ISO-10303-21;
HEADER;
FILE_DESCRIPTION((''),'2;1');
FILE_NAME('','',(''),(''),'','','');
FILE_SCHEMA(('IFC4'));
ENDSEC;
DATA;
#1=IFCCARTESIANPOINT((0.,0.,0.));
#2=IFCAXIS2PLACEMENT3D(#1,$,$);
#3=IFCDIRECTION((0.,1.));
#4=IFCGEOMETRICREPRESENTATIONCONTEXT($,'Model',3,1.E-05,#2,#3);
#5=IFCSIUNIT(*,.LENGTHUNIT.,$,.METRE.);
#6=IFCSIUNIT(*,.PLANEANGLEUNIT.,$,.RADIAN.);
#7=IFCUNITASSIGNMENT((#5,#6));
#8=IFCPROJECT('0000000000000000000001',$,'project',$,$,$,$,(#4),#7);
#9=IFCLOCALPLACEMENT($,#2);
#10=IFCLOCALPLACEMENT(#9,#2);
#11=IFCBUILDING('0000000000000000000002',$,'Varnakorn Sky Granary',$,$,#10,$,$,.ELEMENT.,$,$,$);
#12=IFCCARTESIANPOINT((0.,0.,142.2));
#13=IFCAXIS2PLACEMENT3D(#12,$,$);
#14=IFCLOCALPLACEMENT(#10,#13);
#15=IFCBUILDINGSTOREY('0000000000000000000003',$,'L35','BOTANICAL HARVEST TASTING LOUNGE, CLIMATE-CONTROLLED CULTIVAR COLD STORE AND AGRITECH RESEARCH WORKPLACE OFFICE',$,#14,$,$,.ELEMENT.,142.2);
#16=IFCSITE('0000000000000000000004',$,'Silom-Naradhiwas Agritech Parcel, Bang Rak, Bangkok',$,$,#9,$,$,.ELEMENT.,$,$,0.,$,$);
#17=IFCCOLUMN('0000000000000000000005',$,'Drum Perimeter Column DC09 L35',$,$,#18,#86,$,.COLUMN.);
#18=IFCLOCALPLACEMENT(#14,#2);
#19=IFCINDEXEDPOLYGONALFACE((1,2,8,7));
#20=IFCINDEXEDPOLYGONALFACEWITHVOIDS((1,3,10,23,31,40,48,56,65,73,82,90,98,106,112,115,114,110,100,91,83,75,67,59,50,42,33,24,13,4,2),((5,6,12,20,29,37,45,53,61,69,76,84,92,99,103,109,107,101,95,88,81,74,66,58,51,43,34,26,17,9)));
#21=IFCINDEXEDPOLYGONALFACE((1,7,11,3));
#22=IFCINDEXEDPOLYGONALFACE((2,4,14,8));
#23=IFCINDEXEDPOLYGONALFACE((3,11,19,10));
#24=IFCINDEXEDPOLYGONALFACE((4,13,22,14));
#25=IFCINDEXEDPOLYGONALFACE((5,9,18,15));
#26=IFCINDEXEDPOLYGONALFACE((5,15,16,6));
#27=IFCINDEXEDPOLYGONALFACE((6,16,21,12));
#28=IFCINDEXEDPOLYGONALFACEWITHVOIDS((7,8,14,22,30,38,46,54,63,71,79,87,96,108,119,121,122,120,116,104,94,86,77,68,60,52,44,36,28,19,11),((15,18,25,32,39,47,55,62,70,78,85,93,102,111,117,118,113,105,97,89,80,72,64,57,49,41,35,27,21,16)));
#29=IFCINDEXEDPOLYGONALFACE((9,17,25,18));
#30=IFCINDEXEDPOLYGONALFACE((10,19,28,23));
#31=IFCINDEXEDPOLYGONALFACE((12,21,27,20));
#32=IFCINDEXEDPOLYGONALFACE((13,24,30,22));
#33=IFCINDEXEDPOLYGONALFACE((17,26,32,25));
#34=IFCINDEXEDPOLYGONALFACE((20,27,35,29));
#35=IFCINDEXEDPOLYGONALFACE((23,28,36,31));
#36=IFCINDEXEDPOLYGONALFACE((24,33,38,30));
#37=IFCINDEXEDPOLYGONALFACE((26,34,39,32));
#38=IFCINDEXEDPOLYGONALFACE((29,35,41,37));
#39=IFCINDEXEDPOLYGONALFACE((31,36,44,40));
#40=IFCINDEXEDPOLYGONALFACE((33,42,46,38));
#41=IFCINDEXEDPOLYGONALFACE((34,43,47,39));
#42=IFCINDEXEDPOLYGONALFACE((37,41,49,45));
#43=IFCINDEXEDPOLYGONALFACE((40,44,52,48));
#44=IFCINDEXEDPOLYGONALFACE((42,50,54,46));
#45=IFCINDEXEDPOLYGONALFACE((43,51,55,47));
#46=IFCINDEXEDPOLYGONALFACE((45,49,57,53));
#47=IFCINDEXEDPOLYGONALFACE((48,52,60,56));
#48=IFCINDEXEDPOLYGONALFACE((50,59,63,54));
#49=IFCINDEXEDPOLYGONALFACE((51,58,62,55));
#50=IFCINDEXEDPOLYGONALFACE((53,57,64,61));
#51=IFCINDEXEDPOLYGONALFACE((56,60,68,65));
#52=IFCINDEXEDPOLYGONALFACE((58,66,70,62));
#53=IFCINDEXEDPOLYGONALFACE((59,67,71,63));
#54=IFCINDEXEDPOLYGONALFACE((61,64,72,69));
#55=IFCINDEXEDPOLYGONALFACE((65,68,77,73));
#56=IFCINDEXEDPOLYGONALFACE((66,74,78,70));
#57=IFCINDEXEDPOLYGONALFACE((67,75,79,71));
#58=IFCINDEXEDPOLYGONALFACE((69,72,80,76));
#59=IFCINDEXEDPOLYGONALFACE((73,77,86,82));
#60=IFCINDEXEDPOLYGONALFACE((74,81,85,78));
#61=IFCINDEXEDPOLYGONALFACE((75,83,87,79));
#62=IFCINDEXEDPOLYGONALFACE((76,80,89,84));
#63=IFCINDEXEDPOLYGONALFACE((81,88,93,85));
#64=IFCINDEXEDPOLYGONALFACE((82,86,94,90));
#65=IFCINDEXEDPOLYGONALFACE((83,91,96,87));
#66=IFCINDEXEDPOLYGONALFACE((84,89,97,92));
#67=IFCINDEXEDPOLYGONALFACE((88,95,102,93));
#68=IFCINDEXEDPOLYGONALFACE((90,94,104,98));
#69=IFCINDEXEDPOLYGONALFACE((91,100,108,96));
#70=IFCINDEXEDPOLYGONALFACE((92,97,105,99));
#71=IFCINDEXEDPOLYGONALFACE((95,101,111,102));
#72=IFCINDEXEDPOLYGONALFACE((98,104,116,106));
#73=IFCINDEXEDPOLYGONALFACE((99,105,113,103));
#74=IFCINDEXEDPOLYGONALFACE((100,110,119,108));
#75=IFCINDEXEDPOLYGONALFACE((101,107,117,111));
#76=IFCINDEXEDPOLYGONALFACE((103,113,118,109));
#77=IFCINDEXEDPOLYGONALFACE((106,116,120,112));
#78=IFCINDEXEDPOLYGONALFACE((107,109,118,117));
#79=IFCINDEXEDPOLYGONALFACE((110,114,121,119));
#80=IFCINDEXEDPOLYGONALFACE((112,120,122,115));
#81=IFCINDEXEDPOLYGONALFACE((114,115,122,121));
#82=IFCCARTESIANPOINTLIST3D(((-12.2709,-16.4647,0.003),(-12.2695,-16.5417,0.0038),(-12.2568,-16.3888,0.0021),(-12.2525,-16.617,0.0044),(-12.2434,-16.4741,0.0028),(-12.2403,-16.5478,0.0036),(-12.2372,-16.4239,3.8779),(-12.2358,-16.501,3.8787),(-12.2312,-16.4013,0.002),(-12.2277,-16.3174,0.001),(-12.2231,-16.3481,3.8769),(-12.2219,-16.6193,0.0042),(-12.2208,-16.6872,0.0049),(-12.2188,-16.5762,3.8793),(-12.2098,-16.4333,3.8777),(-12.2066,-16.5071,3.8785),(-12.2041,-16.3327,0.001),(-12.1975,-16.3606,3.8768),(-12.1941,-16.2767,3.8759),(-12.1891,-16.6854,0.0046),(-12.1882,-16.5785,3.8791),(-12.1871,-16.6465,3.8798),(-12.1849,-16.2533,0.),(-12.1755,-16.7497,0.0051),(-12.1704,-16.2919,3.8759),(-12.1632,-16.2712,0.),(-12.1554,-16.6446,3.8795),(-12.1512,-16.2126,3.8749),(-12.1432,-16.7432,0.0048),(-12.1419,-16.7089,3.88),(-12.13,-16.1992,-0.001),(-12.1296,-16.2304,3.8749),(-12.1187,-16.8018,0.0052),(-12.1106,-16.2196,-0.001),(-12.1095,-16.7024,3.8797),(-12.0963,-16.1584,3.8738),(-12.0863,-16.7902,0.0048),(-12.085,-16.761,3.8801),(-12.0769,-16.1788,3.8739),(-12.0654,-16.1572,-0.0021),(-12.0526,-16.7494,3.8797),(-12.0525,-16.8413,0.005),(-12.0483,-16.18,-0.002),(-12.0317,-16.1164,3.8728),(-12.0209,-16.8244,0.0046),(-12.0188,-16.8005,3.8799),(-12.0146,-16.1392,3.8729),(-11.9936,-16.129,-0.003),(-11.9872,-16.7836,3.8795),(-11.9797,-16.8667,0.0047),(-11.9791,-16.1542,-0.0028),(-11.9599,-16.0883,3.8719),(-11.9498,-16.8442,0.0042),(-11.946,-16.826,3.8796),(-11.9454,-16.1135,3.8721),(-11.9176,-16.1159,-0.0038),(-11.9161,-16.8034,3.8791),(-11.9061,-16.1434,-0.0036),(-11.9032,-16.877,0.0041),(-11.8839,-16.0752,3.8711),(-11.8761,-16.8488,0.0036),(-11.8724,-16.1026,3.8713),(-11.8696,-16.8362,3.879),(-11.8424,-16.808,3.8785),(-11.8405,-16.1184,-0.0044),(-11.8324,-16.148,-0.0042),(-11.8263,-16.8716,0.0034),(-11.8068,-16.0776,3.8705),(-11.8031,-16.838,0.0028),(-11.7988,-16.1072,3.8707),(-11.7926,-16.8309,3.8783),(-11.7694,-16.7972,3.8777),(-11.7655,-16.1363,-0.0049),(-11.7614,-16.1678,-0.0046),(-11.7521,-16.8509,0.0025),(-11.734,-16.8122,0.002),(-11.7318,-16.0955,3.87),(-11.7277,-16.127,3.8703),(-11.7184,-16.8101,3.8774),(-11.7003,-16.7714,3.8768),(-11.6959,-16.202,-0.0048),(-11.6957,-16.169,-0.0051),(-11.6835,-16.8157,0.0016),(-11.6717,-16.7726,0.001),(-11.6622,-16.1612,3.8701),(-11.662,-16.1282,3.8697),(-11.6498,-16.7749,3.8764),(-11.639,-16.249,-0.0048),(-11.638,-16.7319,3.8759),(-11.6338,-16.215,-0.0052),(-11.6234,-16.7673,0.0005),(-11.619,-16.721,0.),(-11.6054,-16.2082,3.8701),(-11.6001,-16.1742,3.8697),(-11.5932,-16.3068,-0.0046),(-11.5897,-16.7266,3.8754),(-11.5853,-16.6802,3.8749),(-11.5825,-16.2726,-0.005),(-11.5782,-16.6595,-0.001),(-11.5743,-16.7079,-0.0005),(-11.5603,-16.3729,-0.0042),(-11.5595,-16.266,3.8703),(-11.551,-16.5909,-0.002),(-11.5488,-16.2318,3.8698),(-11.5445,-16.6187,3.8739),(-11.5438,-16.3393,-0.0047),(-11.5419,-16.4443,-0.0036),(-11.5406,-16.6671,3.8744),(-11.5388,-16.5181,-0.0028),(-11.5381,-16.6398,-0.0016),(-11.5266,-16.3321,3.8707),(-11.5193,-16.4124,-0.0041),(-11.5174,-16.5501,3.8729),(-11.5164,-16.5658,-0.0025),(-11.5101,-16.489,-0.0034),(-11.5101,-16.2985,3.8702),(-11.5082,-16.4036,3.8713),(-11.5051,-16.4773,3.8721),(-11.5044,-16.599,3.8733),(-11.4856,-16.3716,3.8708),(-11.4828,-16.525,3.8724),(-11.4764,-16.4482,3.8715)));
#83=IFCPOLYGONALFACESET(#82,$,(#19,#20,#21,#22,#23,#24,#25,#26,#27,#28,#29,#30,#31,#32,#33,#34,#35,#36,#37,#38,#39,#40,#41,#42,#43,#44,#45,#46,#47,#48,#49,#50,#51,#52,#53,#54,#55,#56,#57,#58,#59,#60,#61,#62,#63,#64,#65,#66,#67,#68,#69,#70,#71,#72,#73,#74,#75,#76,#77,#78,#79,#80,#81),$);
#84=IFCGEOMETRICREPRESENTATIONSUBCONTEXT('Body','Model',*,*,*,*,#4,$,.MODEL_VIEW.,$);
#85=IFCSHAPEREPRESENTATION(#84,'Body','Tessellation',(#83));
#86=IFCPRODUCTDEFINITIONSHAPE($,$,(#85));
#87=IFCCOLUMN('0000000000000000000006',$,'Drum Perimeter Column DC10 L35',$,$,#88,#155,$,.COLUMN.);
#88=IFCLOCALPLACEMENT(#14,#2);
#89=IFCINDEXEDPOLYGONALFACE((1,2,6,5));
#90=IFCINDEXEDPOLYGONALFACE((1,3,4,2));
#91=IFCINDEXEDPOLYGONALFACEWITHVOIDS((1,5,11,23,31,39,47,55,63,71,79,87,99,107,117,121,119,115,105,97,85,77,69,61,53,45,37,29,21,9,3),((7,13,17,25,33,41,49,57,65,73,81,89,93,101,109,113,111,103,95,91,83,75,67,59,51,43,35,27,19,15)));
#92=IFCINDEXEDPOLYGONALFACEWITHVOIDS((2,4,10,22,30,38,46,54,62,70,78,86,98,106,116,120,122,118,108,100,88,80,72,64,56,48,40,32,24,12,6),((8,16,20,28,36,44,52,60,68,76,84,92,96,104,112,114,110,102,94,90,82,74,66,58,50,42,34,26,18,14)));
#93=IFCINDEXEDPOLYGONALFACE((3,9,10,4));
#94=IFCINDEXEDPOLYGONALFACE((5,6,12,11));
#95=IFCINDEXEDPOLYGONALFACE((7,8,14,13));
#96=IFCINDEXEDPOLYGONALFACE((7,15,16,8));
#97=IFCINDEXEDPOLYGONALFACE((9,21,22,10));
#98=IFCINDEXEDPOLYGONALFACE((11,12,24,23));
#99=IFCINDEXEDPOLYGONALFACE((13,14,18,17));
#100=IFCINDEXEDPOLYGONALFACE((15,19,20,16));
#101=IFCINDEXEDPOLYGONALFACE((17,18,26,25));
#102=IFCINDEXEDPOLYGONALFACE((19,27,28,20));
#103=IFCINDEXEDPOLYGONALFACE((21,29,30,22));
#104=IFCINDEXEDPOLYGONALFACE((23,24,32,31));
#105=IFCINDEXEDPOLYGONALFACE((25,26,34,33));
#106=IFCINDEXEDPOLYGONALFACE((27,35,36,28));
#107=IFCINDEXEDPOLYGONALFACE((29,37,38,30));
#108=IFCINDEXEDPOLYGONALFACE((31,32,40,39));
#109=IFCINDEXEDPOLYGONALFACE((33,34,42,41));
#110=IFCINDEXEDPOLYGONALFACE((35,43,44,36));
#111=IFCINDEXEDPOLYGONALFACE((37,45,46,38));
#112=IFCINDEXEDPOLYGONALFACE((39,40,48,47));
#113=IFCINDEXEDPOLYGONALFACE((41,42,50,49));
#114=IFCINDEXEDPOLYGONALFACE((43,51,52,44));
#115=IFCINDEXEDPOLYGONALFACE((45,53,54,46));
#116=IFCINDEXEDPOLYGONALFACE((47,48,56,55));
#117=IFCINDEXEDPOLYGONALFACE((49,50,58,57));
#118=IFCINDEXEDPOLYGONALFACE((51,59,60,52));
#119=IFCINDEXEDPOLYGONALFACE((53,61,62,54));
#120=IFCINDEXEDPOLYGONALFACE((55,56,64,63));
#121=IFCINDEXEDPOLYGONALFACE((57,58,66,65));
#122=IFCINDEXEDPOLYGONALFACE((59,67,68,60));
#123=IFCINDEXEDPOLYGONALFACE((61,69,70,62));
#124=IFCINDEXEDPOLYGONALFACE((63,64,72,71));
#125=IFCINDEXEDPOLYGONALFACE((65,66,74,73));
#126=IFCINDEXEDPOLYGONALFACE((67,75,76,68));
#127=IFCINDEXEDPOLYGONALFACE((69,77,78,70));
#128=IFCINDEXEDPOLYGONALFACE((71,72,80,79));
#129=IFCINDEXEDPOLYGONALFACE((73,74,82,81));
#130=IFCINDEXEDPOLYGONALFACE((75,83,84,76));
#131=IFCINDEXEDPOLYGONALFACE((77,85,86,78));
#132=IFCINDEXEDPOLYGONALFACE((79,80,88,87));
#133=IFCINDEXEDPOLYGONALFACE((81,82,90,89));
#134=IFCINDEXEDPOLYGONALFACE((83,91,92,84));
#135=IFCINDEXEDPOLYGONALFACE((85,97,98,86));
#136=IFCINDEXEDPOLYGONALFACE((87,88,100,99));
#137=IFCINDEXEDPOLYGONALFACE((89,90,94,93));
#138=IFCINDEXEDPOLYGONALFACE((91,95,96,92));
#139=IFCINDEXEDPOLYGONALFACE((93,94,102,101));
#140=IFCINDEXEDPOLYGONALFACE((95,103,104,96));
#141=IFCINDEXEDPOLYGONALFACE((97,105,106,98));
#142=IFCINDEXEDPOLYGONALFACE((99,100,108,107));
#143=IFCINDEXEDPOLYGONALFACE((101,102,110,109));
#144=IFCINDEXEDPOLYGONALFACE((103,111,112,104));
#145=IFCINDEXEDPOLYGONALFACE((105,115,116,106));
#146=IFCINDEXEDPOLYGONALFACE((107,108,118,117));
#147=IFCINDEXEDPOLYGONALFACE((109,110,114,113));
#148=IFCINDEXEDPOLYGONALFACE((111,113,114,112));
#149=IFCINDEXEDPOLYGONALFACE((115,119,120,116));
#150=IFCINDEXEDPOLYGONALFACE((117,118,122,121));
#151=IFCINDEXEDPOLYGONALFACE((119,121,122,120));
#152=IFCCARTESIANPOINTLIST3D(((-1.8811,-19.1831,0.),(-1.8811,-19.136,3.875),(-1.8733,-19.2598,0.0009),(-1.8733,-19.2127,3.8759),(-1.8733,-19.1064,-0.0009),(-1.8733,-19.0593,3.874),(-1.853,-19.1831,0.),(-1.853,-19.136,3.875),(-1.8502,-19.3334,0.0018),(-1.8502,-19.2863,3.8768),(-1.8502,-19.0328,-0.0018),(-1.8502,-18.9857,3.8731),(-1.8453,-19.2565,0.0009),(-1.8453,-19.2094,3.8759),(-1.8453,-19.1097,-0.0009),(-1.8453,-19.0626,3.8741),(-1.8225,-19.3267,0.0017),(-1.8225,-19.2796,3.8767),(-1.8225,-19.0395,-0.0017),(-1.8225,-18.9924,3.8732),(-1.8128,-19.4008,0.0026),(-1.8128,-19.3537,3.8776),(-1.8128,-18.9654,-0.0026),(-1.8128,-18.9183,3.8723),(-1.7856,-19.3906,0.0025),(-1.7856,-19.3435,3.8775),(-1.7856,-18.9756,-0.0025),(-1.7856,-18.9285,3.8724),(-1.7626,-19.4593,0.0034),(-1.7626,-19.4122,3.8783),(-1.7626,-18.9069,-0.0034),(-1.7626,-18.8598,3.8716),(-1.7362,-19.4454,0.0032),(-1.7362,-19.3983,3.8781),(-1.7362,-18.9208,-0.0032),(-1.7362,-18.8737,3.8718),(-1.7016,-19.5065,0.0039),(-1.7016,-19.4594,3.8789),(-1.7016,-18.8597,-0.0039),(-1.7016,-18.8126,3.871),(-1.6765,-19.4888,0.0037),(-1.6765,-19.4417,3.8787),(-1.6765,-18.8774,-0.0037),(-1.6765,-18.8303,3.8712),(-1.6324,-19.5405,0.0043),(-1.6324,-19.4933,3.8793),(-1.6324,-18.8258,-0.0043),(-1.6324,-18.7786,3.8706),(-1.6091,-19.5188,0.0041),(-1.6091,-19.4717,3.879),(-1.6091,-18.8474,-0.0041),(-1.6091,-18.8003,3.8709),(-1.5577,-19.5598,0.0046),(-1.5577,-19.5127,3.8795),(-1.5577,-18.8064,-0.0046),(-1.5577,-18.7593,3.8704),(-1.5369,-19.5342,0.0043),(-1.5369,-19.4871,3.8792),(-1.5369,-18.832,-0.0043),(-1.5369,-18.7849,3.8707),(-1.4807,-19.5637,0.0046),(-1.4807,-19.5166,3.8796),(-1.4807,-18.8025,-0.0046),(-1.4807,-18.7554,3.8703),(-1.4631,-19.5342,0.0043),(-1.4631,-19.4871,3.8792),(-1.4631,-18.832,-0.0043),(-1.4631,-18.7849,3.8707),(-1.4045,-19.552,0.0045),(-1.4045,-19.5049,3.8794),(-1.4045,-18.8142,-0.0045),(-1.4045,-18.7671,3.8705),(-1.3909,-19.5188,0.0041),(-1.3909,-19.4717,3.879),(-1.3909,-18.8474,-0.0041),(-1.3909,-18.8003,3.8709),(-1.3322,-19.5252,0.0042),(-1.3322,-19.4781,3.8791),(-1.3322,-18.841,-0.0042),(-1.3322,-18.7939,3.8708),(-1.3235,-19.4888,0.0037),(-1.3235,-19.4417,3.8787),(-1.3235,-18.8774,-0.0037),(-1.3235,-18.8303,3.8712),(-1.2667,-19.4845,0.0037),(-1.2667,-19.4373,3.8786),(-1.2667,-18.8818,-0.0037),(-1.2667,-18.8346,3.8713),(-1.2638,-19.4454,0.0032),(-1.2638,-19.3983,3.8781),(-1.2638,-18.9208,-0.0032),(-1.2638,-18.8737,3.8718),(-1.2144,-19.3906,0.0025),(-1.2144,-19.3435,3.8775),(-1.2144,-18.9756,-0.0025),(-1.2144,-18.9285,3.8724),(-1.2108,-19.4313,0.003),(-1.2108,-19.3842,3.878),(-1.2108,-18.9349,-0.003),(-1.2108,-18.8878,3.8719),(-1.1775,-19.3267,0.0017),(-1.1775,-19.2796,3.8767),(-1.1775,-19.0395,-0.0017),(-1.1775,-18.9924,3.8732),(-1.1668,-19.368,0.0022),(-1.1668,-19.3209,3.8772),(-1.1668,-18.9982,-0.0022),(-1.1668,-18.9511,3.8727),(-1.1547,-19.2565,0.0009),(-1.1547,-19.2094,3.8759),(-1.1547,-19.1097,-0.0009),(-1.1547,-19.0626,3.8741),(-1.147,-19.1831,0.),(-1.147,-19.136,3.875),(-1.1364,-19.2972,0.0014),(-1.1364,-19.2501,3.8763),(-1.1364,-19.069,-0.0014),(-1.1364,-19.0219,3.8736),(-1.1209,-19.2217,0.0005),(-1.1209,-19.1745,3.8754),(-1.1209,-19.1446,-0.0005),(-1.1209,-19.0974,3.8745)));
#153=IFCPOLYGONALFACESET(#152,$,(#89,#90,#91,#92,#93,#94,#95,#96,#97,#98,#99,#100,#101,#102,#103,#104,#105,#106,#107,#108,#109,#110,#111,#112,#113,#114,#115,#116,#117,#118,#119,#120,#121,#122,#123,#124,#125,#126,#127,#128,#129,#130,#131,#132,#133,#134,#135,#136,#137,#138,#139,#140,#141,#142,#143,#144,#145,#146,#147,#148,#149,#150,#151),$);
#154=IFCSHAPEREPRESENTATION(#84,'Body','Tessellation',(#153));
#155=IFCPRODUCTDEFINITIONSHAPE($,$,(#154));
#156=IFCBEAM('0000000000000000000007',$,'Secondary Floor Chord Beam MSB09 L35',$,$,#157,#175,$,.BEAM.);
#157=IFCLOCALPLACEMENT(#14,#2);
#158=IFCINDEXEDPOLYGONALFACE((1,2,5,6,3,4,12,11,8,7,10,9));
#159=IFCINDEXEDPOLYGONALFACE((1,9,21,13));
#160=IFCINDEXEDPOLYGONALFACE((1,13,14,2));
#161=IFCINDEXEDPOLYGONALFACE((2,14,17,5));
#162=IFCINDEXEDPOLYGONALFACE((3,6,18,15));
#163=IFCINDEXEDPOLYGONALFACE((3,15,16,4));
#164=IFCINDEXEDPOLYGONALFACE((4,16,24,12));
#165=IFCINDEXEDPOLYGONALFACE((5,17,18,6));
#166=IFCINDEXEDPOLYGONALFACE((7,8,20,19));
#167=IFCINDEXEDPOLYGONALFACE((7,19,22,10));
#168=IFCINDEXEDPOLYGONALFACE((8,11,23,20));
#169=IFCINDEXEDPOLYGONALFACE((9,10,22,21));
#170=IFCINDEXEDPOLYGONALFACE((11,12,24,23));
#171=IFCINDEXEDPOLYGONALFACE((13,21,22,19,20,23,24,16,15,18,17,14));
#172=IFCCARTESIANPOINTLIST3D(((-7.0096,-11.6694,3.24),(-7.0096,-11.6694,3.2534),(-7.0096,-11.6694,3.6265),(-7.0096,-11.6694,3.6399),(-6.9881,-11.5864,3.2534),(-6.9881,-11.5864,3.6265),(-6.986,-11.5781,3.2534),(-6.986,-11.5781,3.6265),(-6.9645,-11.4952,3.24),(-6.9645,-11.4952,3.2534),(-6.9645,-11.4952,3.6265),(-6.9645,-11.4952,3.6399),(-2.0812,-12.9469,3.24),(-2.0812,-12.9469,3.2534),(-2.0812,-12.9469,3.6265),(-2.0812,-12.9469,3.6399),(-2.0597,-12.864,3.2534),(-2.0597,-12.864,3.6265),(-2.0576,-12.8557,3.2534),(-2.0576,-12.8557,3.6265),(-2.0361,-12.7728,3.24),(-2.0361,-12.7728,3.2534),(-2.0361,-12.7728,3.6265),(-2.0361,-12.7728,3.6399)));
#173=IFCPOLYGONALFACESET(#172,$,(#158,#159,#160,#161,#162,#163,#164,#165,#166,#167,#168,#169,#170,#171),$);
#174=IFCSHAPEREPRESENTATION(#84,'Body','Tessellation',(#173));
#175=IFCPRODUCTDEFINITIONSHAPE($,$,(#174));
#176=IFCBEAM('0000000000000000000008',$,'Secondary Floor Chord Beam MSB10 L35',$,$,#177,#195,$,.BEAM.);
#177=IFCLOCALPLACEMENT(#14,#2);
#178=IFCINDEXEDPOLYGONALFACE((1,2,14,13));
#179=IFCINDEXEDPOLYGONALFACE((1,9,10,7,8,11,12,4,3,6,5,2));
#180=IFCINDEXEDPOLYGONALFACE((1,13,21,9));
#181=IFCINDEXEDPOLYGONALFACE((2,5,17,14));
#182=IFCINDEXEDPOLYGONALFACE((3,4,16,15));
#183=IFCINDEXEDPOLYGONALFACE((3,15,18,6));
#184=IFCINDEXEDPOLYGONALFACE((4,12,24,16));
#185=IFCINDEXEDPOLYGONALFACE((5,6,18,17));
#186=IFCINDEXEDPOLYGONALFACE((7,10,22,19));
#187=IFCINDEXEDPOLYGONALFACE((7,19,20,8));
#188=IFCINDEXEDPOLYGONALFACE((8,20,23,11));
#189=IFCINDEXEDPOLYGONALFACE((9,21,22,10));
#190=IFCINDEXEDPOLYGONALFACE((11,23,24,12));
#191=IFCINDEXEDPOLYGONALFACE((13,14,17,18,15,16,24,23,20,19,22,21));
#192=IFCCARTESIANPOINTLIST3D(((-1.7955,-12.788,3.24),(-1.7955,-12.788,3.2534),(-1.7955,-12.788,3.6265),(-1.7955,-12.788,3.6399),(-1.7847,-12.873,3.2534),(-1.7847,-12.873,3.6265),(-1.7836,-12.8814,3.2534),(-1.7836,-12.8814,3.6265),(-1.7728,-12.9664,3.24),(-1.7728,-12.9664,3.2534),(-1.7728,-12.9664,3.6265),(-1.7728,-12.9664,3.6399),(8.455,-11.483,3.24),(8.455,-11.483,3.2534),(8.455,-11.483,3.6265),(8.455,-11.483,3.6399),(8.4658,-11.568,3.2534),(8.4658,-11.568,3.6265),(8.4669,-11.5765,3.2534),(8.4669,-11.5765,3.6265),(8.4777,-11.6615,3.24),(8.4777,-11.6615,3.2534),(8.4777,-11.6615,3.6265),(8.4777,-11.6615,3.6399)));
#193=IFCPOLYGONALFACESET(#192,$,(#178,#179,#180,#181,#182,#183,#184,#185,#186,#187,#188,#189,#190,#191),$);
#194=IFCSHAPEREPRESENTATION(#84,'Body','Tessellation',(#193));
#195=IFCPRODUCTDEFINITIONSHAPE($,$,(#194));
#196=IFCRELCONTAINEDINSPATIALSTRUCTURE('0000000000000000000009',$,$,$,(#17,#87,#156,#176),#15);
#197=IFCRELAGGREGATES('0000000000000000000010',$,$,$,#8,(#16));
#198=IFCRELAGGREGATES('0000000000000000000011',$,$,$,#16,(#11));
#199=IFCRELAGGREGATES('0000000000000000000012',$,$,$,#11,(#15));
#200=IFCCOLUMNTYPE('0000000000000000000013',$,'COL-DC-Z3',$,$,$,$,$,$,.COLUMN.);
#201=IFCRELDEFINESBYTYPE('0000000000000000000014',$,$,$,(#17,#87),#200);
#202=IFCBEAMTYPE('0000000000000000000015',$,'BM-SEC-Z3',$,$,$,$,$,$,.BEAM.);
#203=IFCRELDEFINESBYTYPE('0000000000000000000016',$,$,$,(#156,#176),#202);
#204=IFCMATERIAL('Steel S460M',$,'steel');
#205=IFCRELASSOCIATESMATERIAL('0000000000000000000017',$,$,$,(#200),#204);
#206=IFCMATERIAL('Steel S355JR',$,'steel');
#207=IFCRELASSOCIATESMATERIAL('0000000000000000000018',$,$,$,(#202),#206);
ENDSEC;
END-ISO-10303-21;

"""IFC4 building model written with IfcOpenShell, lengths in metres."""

from ifc_helpers import new_model, si_unit, direction, frame, origin, origin_2d, place, context, subcontext, project, spatial, hollow_circle, i_section, extrude, material, material_profile, profile_set, type_object, element, save


model = new_model("IFC4")

# Units and contexts
model_context = context("Model", 3, precision=1e-05, world=origin(), true_north=direction((0.0, 1.0)))
body_context = subcontext(model_context, "Body", "Model", "MODEL_VIEW")
ifc_project = project(units=[si_unit("LENGTHUNIT", "METRE"), si_unit("PLANEANGLEUNIT", "RADIAN")], contexts=[model_context])

# Site, building, storey
site_placement = place(None, origin())
site = spatial("IfcSite", under=ifc_project, at=site_placement, Name="Silom-Naradhiwas Agritech Parcel, Bang Rak, Bangkok", CompositionType="ELEMENT", RefElevation=0.0)
building_placement = place(site_placement, origin())
building = spatial("IfcBuilding", under=site, at=building_placement, Name="Varnakorn Sky Granary", CompositionType="ELEMENT")
storey_placement = place(building_placement, frame((0.0, 0.0, 142.2)))
storey = spatial("IfcBuildingStorey", under=building, at=storey_placement, Name="L35", Description="BOTANICAL HARVEST TASTING LOUNGE, CLIMATE-CONTROLLED CULTIVAR COLD STORE AND AGRITECH RESEARCH WORKPLACE OFFICE", CompositionType="ELEMENT", Elevation=142.2)

# Columns
ifc_material_1 = material(Name="Steel S460M", Category="steel")
ifc_material_profile_1 = material_profile(ifc_material_1, hollow_circle(Radius=0.3811, WallThickness=0.0281, at=origin_2d()), Name="CHS 762x28")
ifc_profile_set_1 = profile_set([ifc_material_profile_1], Name="Steel S460M")
column_type = type_object("IfcColumnType", Name="COL-DC-Z3", PredefinedType="COLUMN", material=ifc_profile_set_1)
for number, where, z_axis, x_axis, name in (
    (1, (-11.8911, -16.4961, 0.0), (0.008694, 0.010521, 0.999907), (-0.770863, 0.637001, 0.0), "Drum Perimeter Column DC09 L35"),
    (2, (-1.5, -19.1831, 0.0), (0.0, 0.012159, 0.999926), (-1.0, 0.0, 0.0), "Drum Perimeter Column DC10 L35"),
):
    element("IfcColumn", number, at=place(storey_placement, frame(where, z_axis=z_axis, x_axis=x_axis)), inside=storey, type_object=column_type, Name=name, PredefinedType="COLUMN", context=body_context, shape_type="SweptSolid", body=[
        extrude(hollow_circle(Radius=0.3811, WallThickness=0.0281, at=origin_2d()), origin(), (0.0, 0.0, 1.0), 3.8752),
    ])

# Beams
ifc_material_2 = material(Name="Steel S355JR", Category="steel")
ifc_material_profile_2 = material_profile(ifc_material_2, i_section(OverallWidth=0.1799, OverallDepth=0.3999, WebThickness=0.0085, FlangeThickness=0.0134, at=origin_2d()), Name="IPE 400")
ifc_profile_set_2 = profile_set([ifc_material_profile_2], Name="Steel S355JR")
beam_type_1 = type_object("IfcBeamType", Name="BM-SEC-Z3", PredefinedType="BEAM", material=ifc_profile_set_2)
beam_1_placement = place(storey_placement, frame((-6.9871, -11.5823, 3.4399), z_axis=(0.968005, -0.250932, 0.0), x_axis=(0.250932, 0.968005, 0.0)))
element("IfcBeam", 3, at=beam_1_placement, inside=storey, type_object=beam_type_1, Name="Secondary Floor Chord Beam MSB09 L35", PredefinedType="BEAM", context=body_context, shape_type="SweptSolid", body=[
    extrude(i_section(OverallWidth=0.1799, OverallDepth=0.3999, WebThickness=0.0085, FlangeThickness=0.0134, at=origin_2d()), origin(), (0.0, 0.0, 1.0), 5.0913),
])
beam_2_placement = place(storey_placement, frame((-1.7842, -12.8772, 3.4399), z_axis=(0.991994, 0.126285, 0.0), x_axis=(-0.126285, 0.991994, 0.0)))
element("IfcBeam", 4, at=beam_2_placement, inside=storey, type_object=beam_type_1, Name="Secondary Floor Chord Beam MSB10 L35", PredefinedType="BEAM", context=body_context, shape_type="SweptSolid", body=[
    extrude(i_section(OverallWidth=0.1799, OverallDepth=0.3999, WebThickness=0.0085, FlangeThickness=0.0134, at=origin_2d()), origin(), (0.0, 0.0, 1.0), 10.3333),
])

save(model, "model.ifc")
